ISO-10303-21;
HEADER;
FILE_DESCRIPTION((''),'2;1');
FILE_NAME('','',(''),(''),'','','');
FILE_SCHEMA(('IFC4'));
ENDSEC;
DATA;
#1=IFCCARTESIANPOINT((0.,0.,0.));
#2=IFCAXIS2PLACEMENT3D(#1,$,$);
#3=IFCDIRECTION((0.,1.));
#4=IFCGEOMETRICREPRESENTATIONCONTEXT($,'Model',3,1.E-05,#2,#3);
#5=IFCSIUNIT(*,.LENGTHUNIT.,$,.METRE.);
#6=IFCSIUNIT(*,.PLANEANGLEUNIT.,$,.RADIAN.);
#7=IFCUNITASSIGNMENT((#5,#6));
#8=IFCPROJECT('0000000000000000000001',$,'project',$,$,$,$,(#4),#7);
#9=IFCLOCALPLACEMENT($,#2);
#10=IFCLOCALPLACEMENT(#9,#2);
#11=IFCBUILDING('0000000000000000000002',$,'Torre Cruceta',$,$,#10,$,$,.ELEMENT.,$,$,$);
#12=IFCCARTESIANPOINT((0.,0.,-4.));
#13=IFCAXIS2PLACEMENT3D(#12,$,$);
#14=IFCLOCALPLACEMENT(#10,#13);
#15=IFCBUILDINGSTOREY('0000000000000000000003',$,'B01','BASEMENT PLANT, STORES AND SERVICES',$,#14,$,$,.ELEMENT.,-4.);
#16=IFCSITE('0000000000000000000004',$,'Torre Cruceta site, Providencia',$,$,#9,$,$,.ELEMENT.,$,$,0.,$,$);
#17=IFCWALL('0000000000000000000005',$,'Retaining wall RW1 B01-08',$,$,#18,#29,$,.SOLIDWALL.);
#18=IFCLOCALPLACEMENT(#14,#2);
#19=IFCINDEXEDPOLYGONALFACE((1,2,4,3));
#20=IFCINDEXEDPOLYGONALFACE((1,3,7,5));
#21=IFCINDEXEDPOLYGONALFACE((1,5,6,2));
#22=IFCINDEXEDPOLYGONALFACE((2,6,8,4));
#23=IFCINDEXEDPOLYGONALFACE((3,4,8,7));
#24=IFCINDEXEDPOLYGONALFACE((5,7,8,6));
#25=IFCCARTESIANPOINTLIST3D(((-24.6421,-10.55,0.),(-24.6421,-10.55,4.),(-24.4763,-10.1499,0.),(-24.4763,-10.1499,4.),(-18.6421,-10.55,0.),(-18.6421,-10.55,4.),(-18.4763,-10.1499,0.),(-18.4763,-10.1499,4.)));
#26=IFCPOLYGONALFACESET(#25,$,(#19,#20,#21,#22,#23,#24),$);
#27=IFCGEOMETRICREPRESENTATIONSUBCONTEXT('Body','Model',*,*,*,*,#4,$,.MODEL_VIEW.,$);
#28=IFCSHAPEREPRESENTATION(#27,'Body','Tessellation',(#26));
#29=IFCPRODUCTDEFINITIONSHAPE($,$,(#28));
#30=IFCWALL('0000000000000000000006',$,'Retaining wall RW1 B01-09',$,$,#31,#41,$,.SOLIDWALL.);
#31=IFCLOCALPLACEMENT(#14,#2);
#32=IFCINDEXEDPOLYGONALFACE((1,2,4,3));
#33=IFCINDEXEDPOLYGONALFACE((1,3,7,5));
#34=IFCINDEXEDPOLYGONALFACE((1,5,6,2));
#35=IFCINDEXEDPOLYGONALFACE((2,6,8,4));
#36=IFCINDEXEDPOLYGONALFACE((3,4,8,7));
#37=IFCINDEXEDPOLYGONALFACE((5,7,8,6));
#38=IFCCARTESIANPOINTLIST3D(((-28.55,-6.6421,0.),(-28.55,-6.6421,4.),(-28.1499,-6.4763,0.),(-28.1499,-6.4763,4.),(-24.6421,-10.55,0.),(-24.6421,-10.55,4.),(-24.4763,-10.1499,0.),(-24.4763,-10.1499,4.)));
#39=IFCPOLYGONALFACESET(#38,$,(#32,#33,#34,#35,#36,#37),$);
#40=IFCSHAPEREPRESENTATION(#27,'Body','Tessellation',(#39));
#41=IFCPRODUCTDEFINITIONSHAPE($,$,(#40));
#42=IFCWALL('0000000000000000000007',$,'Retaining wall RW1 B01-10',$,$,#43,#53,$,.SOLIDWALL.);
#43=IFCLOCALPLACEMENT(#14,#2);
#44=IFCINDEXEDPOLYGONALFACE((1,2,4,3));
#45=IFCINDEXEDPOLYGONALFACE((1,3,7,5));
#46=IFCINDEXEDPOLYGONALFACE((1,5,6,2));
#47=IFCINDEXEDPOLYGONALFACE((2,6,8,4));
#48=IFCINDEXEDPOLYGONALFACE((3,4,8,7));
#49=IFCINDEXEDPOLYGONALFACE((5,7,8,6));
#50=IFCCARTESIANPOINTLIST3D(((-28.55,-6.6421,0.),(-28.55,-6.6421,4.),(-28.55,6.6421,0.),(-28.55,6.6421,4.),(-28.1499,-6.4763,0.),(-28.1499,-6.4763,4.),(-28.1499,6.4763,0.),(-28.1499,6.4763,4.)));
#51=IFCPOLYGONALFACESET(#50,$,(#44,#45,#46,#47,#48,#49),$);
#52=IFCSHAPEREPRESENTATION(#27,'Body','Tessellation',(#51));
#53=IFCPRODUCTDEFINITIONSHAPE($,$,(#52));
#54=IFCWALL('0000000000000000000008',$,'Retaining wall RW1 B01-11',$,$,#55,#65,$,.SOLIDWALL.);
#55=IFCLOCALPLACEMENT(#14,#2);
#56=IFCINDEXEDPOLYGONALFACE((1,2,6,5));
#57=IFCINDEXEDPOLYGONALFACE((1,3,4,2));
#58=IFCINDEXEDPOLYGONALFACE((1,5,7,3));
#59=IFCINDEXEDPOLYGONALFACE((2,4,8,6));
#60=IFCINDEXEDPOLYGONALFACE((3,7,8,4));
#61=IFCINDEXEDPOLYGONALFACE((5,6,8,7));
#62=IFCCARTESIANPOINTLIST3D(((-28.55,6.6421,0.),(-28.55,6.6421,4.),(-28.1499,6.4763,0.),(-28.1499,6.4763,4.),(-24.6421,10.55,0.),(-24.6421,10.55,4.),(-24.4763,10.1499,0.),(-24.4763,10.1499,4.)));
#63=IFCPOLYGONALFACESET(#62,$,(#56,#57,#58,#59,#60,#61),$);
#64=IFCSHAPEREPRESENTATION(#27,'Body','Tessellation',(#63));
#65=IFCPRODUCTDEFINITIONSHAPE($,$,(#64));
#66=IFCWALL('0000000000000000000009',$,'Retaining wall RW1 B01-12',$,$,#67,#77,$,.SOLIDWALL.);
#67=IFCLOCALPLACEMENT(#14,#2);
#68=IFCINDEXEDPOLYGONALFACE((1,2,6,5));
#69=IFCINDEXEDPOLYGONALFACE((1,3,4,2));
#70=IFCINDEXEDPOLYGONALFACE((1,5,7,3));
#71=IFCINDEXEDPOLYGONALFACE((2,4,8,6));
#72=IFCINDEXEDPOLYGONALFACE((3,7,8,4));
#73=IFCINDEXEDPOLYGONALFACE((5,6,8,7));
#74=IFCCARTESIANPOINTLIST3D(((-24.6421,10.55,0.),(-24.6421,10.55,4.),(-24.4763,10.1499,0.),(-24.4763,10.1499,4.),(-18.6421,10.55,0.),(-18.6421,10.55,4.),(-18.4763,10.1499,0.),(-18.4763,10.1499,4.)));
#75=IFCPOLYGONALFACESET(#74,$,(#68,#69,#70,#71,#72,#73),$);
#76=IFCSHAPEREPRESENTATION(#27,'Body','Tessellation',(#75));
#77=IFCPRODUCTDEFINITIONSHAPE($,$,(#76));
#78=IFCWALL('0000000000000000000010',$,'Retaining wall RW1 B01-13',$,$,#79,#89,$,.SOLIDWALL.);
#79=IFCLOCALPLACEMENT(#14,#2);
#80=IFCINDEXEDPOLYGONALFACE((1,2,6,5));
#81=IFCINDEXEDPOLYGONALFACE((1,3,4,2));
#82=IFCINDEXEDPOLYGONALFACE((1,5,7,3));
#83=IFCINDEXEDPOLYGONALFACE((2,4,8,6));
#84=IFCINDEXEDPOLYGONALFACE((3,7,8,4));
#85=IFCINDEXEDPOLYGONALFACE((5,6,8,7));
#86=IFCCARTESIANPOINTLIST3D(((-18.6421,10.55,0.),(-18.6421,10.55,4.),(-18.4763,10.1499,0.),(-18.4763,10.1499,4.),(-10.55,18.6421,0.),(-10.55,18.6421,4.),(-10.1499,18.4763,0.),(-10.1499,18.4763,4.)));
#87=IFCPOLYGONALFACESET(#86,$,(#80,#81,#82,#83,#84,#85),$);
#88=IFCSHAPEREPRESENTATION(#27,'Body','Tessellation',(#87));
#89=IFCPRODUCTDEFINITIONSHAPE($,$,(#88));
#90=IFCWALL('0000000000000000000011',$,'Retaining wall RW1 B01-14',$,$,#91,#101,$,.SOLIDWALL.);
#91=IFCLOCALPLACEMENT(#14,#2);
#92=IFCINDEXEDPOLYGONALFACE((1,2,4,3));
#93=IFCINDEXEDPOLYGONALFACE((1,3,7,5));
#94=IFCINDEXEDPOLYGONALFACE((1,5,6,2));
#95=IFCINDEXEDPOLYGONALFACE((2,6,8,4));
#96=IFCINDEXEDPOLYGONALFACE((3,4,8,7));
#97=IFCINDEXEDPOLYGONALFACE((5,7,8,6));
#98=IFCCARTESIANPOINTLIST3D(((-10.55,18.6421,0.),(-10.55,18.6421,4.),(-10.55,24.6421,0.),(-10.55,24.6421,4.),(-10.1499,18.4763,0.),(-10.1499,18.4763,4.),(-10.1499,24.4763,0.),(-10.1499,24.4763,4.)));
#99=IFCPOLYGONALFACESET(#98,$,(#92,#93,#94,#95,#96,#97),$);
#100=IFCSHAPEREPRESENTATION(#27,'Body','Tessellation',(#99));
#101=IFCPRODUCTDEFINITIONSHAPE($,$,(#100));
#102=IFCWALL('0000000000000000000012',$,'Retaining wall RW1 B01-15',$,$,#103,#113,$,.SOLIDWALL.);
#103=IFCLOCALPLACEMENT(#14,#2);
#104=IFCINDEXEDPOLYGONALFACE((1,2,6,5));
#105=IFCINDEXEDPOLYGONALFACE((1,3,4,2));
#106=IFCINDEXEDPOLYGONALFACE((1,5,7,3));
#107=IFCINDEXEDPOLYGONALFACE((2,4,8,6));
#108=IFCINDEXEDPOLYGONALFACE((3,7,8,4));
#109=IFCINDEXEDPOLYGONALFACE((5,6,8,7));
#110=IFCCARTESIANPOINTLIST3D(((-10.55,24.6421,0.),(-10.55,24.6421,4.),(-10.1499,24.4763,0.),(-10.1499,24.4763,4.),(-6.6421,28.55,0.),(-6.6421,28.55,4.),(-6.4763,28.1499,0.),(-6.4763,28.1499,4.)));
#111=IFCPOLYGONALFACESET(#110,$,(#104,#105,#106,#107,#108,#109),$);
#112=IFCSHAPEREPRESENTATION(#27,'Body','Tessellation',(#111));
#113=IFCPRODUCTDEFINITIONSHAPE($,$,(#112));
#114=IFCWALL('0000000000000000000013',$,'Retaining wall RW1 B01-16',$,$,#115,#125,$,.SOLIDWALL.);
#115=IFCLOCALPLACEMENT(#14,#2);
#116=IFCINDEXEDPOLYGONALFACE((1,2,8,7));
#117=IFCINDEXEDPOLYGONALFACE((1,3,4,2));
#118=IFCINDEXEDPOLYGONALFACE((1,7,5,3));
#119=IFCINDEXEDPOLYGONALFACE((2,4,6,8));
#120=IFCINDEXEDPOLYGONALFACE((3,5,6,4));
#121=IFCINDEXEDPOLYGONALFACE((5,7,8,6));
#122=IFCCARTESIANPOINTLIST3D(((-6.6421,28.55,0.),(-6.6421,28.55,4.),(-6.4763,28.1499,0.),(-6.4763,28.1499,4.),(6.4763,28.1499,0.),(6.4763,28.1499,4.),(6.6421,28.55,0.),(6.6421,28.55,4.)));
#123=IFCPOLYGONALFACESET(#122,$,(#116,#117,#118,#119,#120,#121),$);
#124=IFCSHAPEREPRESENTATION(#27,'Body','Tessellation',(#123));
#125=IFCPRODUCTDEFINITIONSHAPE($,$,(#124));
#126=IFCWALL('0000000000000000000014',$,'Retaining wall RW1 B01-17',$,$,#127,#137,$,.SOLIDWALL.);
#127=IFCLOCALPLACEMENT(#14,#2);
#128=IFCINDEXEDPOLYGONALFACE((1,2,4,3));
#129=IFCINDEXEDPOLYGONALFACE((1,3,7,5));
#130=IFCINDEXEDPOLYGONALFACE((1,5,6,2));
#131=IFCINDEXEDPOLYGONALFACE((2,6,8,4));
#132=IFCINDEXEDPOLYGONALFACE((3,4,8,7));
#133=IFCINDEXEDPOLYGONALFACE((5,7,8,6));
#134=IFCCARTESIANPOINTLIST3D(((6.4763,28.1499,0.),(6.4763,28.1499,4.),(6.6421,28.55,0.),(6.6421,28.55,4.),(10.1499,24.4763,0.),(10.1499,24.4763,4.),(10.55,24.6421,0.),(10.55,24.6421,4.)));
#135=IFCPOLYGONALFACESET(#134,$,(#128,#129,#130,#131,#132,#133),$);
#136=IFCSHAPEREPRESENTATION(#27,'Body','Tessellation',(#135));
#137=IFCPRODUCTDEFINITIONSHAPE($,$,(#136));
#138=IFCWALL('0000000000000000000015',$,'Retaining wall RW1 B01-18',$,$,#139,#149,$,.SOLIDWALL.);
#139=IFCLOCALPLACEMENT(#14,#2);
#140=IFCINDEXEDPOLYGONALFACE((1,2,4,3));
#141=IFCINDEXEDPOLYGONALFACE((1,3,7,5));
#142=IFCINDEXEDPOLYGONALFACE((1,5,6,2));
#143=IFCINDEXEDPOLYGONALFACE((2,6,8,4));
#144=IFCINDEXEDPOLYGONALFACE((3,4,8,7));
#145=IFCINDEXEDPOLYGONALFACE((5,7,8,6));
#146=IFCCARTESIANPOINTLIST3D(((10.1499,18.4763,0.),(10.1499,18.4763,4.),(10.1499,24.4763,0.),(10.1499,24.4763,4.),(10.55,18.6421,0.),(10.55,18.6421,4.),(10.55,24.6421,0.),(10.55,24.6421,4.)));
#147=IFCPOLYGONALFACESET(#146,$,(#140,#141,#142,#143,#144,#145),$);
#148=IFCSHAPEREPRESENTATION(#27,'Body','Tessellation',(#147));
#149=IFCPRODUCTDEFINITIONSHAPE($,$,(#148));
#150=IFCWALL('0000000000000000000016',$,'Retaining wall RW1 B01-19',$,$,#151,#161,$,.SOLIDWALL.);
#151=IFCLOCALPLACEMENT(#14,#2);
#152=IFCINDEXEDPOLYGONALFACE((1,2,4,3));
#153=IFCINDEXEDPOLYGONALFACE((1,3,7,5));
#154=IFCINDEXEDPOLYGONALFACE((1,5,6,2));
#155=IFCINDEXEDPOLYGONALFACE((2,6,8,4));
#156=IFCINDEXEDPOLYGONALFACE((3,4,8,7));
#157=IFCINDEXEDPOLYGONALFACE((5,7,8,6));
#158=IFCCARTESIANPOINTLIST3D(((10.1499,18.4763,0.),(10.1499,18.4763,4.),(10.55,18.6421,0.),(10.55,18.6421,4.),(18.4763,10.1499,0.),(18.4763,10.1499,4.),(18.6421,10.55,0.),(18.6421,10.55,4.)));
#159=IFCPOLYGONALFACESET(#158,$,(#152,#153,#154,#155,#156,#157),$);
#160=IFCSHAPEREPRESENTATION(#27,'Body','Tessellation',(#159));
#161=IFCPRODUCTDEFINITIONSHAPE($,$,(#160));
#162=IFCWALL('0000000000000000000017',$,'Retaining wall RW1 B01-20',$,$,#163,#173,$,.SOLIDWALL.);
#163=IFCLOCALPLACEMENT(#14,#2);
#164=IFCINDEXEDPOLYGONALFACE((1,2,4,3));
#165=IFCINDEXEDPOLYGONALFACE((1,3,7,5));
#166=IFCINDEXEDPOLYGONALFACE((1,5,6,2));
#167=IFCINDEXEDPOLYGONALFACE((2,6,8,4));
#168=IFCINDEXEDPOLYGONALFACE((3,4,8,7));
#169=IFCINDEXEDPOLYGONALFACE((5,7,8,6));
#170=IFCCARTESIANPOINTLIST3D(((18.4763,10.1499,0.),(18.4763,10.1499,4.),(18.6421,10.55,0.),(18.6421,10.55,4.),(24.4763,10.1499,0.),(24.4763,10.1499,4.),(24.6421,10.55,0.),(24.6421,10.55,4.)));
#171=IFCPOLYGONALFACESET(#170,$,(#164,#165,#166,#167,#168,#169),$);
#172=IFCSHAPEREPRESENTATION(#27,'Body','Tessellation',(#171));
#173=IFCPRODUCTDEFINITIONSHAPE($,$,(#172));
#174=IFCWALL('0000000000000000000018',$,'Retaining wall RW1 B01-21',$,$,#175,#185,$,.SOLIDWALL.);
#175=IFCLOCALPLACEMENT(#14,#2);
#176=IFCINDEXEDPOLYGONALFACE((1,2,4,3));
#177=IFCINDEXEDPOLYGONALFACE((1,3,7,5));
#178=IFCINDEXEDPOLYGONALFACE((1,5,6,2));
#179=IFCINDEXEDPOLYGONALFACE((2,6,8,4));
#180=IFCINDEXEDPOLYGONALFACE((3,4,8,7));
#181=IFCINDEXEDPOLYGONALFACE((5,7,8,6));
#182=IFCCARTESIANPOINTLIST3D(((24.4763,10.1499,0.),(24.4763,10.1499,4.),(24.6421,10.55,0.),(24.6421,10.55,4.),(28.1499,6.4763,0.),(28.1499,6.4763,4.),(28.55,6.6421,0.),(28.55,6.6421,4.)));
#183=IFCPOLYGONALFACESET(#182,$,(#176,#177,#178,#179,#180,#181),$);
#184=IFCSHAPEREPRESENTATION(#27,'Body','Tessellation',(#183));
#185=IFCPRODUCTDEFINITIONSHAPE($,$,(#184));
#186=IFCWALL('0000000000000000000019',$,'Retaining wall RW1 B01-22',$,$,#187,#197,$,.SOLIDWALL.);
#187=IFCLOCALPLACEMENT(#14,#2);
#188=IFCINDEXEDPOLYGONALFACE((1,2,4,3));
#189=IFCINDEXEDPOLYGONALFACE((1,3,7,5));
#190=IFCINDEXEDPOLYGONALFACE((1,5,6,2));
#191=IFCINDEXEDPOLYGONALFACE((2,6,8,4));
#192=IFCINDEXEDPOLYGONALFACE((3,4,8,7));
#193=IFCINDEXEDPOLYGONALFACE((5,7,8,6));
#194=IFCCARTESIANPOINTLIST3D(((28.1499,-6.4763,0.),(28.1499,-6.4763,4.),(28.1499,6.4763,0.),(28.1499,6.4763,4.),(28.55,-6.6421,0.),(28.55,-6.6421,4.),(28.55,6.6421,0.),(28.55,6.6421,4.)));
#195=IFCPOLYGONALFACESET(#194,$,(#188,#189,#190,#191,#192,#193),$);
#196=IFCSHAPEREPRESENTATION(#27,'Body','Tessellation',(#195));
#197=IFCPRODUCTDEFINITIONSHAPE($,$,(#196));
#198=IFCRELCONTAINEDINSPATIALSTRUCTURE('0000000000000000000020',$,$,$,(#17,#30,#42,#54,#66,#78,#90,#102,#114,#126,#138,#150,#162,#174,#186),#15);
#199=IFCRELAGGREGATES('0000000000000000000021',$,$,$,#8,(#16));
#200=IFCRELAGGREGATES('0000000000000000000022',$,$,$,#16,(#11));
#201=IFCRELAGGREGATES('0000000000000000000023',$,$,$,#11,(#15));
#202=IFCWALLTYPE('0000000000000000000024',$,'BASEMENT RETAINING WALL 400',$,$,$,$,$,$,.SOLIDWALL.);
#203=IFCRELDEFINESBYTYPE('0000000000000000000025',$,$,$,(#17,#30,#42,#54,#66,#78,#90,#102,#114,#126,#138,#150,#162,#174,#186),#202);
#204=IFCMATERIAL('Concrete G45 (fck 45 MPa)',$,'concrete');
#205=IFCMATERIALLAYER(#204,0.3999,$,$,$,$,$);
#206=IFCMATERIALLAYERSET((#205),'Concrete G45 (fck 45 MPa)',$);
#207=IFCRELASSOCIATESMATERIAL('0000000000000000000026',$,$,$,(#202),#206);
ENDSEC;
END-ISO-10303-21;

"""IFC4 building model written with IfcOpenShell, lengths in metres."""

from ifc_helpers import new_model, si_unit, direction, frame, origin, place, context, subcontext, project, spatial, polyline, outline, extrude, material, layer, layer_set, type_object, element, save


model = new_model("IFC4")

# Units and contexts
model_context = context("Model", 3, precision=1e-05, world=origin(), true_north=direction((0.0, 1.0)))
body_context = subcontext(model_context, "Body", "Model", "MODEL_VIEW")
ifc_project = project(units=[si_unit("LENGTHUNIT", "METRE"), si_unit("PLANEANGLEUNIT", "RADIAN")], contexts=[model_context])

# Site, building, storey
site_placement = place(None, origin())
site = spatial("IfcSite", under=ifc_project, at=site_placement, Name="Torre Cruceta site, Providencia", CompositionType="ELEMENT", RefElevation=0.0)
building_placement = place(site_placement, origin())
building = spatial("IfcBuilding", under=site, at=building_placement, Name="Torre Cruceta", CompositionType="ELEMENT")
storey_placement = place(building_placement, frame((0.0, 0.0, -4.0)))
storey = spatial("IfcBuildingStorey", under=building, at=storey_placement, Name="B01", Description="BASEMENT PLANT, STORES AND SERVICES", CompositionType="ELEMENT", Elevation=-4.0)

# Walls
ifc_material_1 = material(Name="Concrete G45 (fck 45 MPa)", Category="concrete")
ifc_layer_1 = layer(ifc_material_1, 0.3999)
ifc_layer_set_1 = layer_set([ifc_layer_1], Name="Concrete G45 (fck 45 MPa)")
wall_type_1 = type_object("IfcWallType", Name="BASEMENT RETAINING WALL 400", PredefinedType="SOLIDWALL", material=ifc_layer_set_1)
wall_1_placement = place(storey_placement, origin())
element("IfcWall", 1, at=wall_1_placement, inside=storey, type_object=wall_type_1, Name="Retaining wall RW1 B01-08", PredefinedType="SOLIDWALL", context=body_context, shape_type="SweptSolid", body=[
    extrude(outline(polyline([(-18.4763, -10.1499), (-18.6421, -10.55), (-24.6421, -10.55), (-24.4763, -10.1499), (-18.4763, -10.1499)])), origin(), (0.0, 0.0, 1.0), 4.0),
])
wall_2_placement = place(storey_placement, origin())
element("IfcWall", 2, at=wall_2_placement, inside=storey, type_object=wall_type_1, Name="Retaining wall RW1 B01-09", PredefinedType="SOLIDWALL", context=body_context, shape_type="SweptSolid", body=[
    extrude(outline(polyline([(-24.4763, -10.1499), (-24.6421, -10.55), (-28.55, -6.6421), (-28.1499, -6.4763), (-24.4763, -10.1499)])), origin(), (0.0, 0.0, 1.0), 4.0),
])
wall_3_placement = place(storey_placement, origin())
element("IfcWall", 3, at=wall_3_placement, inside=storey, type_object=wall_type_1, Name="Retaining wall RW1 B01-10", PredefinedType="SOLIDWALL", context=body_context, shape_type="SweptSolid", body=[
    extrude(outline(polyline([(-28.1499, -6.4763), (-28.55, -6.6421), (-28.55, 6.6421), (-28.1499, 6.4763), (-28.1499, -6.4763)])), origin(), (0.0, 0.0, 1.0), 4.0),
])
wall_4_placement = place(storey_placement, origin())
element("IfcWall", 4, at=wall_4_placement, inside=storey, type_object=wall_type_1, Name="Retaining wall RW1 B01-11", PredefinedType="SOLIDWALL", context=body_context, shape_type="SweptSolid", body=[
    extrude(outline(polyline([(-28.1499, 6.4763), (-28.55, 6.6421), (-24.6421, 10.55), (-24.4763, 10.1499), (-28.1499, 6.4763)])), origin(), (0.0, 0.0, 1.0), 4.0),
])
wall_5_placement = place(storey_placement, origin())
element("IfcWall", 5, at=wall_5_placement, inside=storey, type_object=wall_type_1, Name="Retaining wall RW1 B01-12", PredefinedType="SOLIDWALL", context=body_context, shape_type="SweptSolid", body=[
    extrude(outline(polyline([(-24.4763, 10.1499), (-24.6421, 10.55), (-18.6421, 10.55), (-18.4763, 10.1499), (-24.4763, 10.1499)])), origin(), (0.0, 0.0, 1.0), 4.0),
])
wall_6_placement = place(storey_placement, origin())
element("IfcWall", 6, at=wall_6_placement, inside=storey, type_object=wall_type_1, Name="Retaining wall RW1 B01-13", PredefinedType="SOLIDWALL", context=body_context, shape_type="SweptSolid", body=[
    extrude(outline(polyline([(-18.4763, 10.1499), (-18.6421, 10.55), (-10.55, 18.6421), (-10.1499, 18.4763), (-18.4763, 10.1499)])), origin(), (0.0, 0.0, 1.0), 4.0),
])
wall_7_placement = place(storey_placement, origin())
element("IfcWall", 7, at=wall_7_placement, inside=storey, type_object=wall_type_1, Name="Retaining wall RW1 B01-14", PredefinedType="SOLIDWALL", context=body_context, shape_type="SweptSolid", body=[
    extrude(outline(polyline([(-10.1499, 18.4763), (-10.55, 18.6421), (-10.55, 24.6421), (-10.1499, 24.4763), (-10.1499, 18.4763)])), origin(), (0.0, 0.0, 1.0), 4.0),
])
wall_8_placement = place(storey_placement, origin())
element("IfcWall", 8, at=wall_8_placement, inside=storey, type_object=wall_type_1, Name="Retaining wall RW1 B01-15", PredefinedType="SOLIDWALL", context=body_context, shape_type="SweptSolid", body=[
    extrude(outline(polyline([(-10.1499, 24.4763), (-10.55, 24.6421), (-6.6421, 28.55), (-6.4763, 28.1499), (-10.1499, 24.4763)])), origin(), (0.0, 0.0, 1.0), 4.0),
])
wall_9_placement = place(storey_placement, origin())
element("IfcWall", 9, at=wall_9_placement, inside=storey, type_object=wall_type_1, Name="Retaining wall RW1 B01-16", PredefinedType="SOLIDWALL", context=body_context, shape_type="SweptSolid", body=[
    extrude(outline(polyline([(-6.4763, 28.1499), (-6.6421, 28.55), (6.6421, 28.55), (6.4763, 28.1499), (-6.4763, 28.1499)])), origin(), (0.0, 0.0, 1.0), 4.0),
])
wall_10_placement = place(storey_placement, origin())
element("IfcWall", 10, at=wall_10_placement, inside=storey, type_object=wall_type_1, Name="Retaining wall RW1 B01-17", PredefinedType="SOLIDWALL", context=body_context, shape_type="SweptSolid", body=[
    extrude(outline(polyline([(6.4763, 28.1499), (6.6421, 28.55), (10.55, 24.6421), (10.1499, 24.4763), (6.4763, 28.1499)])), origin(), (0.0, 0.0, 1.0), 4.0),
])
wall_11_placement = place(storey_placement, origin())
element("IfcWall", 11, at=wall_11_placement, inside=storey, type_object=wall_type_1, Name="Retaining wall RW1 B01-18", PredefinedType="SOLIDWALL", context=body_context, shape_type="SweptSolid", body=[
    extrude(outline(polyline([(10.1499, 24.4763), (10.55, 24.6421), (10.55, 18.6421), (10.1499, 18.4763), (10.1499, 24.4763)])), origin(), (0.0, 0.0, 1.0), 4.0),
])
wall_12_placement = place(storey_placement, origin())
element("IfcWall", 12, at=wall_12_placement, inside=storey, type_object=wall_type_1, Name="Retaining wall RW1 B01-19", PredefinedType="SOLIDWALL", context=body_context, shape_type="SweptSolid", body=[
    extrude(outline(polyline([(10.1499, 18.4763), (10.55, 18.6421), (18.6421, 10.55), (18.4763, 10.1499), (10.1499, 18.4763)])), origin(), (0.0, 0.0, 1.0), 4.0),
])
wall_13_placement = place(storey_placement, origin())
element("IfcWall", 13, at=wall_13_placement, inside=storey, type_object=wall_type_1, Name="Retaining wall RW1 B01-20", PredefinedType="SOLIDWALL", context=body_context, shape_type="SweptSolid", body=[
    extrude(outline(polyline([(18.4763, 10.1499), (18.6421, 10.55), (24.6421, 10.55), (24.4763, 10.1499), (18.4763, 10.1499)])), origin(), (0.0, 0.0, 1.0), 4.0),
])
wall_14_placement = place(storey_placement, origin())
element("IfcWall", 14, at=wall_14_placement, inside=storey, type_object=wall_type_1, Name="Retaining wall RW1 B01-21", PredefinedType="SOLIDWALL", context=body_context, shape_type="SweptSolid", body=[
    extrude(outline(polyline([(24.4763, 10.1499), (24.6421, 10.55), (28.55, 6.6421), (28.1499, 6.4763), (24.4763, 10.1499)])), origin(), (0.0, 0.0, 1.0), 4.0),
])
wall_15_placement = place(storey_placement, origin())
element("IfcWall", 15, at=wall_15_placement, inside=storey, type_object=wall_type_1, Name="Retaining wall RW1 B01-22", PredefinedType="SOLIDWALL", context=body_context, shape_type="SweptSolid", body=[
    extrude(outline(polyline([(28.1499, 6.4763), (28.55, 6.6421), (28.55, -6.6421), (28.1499, -6.4763), (28.1499, 6.4763)])), origin(), (0.0, 0.0, 1.0), 4.0),
])

save(model, "model.ifc")
